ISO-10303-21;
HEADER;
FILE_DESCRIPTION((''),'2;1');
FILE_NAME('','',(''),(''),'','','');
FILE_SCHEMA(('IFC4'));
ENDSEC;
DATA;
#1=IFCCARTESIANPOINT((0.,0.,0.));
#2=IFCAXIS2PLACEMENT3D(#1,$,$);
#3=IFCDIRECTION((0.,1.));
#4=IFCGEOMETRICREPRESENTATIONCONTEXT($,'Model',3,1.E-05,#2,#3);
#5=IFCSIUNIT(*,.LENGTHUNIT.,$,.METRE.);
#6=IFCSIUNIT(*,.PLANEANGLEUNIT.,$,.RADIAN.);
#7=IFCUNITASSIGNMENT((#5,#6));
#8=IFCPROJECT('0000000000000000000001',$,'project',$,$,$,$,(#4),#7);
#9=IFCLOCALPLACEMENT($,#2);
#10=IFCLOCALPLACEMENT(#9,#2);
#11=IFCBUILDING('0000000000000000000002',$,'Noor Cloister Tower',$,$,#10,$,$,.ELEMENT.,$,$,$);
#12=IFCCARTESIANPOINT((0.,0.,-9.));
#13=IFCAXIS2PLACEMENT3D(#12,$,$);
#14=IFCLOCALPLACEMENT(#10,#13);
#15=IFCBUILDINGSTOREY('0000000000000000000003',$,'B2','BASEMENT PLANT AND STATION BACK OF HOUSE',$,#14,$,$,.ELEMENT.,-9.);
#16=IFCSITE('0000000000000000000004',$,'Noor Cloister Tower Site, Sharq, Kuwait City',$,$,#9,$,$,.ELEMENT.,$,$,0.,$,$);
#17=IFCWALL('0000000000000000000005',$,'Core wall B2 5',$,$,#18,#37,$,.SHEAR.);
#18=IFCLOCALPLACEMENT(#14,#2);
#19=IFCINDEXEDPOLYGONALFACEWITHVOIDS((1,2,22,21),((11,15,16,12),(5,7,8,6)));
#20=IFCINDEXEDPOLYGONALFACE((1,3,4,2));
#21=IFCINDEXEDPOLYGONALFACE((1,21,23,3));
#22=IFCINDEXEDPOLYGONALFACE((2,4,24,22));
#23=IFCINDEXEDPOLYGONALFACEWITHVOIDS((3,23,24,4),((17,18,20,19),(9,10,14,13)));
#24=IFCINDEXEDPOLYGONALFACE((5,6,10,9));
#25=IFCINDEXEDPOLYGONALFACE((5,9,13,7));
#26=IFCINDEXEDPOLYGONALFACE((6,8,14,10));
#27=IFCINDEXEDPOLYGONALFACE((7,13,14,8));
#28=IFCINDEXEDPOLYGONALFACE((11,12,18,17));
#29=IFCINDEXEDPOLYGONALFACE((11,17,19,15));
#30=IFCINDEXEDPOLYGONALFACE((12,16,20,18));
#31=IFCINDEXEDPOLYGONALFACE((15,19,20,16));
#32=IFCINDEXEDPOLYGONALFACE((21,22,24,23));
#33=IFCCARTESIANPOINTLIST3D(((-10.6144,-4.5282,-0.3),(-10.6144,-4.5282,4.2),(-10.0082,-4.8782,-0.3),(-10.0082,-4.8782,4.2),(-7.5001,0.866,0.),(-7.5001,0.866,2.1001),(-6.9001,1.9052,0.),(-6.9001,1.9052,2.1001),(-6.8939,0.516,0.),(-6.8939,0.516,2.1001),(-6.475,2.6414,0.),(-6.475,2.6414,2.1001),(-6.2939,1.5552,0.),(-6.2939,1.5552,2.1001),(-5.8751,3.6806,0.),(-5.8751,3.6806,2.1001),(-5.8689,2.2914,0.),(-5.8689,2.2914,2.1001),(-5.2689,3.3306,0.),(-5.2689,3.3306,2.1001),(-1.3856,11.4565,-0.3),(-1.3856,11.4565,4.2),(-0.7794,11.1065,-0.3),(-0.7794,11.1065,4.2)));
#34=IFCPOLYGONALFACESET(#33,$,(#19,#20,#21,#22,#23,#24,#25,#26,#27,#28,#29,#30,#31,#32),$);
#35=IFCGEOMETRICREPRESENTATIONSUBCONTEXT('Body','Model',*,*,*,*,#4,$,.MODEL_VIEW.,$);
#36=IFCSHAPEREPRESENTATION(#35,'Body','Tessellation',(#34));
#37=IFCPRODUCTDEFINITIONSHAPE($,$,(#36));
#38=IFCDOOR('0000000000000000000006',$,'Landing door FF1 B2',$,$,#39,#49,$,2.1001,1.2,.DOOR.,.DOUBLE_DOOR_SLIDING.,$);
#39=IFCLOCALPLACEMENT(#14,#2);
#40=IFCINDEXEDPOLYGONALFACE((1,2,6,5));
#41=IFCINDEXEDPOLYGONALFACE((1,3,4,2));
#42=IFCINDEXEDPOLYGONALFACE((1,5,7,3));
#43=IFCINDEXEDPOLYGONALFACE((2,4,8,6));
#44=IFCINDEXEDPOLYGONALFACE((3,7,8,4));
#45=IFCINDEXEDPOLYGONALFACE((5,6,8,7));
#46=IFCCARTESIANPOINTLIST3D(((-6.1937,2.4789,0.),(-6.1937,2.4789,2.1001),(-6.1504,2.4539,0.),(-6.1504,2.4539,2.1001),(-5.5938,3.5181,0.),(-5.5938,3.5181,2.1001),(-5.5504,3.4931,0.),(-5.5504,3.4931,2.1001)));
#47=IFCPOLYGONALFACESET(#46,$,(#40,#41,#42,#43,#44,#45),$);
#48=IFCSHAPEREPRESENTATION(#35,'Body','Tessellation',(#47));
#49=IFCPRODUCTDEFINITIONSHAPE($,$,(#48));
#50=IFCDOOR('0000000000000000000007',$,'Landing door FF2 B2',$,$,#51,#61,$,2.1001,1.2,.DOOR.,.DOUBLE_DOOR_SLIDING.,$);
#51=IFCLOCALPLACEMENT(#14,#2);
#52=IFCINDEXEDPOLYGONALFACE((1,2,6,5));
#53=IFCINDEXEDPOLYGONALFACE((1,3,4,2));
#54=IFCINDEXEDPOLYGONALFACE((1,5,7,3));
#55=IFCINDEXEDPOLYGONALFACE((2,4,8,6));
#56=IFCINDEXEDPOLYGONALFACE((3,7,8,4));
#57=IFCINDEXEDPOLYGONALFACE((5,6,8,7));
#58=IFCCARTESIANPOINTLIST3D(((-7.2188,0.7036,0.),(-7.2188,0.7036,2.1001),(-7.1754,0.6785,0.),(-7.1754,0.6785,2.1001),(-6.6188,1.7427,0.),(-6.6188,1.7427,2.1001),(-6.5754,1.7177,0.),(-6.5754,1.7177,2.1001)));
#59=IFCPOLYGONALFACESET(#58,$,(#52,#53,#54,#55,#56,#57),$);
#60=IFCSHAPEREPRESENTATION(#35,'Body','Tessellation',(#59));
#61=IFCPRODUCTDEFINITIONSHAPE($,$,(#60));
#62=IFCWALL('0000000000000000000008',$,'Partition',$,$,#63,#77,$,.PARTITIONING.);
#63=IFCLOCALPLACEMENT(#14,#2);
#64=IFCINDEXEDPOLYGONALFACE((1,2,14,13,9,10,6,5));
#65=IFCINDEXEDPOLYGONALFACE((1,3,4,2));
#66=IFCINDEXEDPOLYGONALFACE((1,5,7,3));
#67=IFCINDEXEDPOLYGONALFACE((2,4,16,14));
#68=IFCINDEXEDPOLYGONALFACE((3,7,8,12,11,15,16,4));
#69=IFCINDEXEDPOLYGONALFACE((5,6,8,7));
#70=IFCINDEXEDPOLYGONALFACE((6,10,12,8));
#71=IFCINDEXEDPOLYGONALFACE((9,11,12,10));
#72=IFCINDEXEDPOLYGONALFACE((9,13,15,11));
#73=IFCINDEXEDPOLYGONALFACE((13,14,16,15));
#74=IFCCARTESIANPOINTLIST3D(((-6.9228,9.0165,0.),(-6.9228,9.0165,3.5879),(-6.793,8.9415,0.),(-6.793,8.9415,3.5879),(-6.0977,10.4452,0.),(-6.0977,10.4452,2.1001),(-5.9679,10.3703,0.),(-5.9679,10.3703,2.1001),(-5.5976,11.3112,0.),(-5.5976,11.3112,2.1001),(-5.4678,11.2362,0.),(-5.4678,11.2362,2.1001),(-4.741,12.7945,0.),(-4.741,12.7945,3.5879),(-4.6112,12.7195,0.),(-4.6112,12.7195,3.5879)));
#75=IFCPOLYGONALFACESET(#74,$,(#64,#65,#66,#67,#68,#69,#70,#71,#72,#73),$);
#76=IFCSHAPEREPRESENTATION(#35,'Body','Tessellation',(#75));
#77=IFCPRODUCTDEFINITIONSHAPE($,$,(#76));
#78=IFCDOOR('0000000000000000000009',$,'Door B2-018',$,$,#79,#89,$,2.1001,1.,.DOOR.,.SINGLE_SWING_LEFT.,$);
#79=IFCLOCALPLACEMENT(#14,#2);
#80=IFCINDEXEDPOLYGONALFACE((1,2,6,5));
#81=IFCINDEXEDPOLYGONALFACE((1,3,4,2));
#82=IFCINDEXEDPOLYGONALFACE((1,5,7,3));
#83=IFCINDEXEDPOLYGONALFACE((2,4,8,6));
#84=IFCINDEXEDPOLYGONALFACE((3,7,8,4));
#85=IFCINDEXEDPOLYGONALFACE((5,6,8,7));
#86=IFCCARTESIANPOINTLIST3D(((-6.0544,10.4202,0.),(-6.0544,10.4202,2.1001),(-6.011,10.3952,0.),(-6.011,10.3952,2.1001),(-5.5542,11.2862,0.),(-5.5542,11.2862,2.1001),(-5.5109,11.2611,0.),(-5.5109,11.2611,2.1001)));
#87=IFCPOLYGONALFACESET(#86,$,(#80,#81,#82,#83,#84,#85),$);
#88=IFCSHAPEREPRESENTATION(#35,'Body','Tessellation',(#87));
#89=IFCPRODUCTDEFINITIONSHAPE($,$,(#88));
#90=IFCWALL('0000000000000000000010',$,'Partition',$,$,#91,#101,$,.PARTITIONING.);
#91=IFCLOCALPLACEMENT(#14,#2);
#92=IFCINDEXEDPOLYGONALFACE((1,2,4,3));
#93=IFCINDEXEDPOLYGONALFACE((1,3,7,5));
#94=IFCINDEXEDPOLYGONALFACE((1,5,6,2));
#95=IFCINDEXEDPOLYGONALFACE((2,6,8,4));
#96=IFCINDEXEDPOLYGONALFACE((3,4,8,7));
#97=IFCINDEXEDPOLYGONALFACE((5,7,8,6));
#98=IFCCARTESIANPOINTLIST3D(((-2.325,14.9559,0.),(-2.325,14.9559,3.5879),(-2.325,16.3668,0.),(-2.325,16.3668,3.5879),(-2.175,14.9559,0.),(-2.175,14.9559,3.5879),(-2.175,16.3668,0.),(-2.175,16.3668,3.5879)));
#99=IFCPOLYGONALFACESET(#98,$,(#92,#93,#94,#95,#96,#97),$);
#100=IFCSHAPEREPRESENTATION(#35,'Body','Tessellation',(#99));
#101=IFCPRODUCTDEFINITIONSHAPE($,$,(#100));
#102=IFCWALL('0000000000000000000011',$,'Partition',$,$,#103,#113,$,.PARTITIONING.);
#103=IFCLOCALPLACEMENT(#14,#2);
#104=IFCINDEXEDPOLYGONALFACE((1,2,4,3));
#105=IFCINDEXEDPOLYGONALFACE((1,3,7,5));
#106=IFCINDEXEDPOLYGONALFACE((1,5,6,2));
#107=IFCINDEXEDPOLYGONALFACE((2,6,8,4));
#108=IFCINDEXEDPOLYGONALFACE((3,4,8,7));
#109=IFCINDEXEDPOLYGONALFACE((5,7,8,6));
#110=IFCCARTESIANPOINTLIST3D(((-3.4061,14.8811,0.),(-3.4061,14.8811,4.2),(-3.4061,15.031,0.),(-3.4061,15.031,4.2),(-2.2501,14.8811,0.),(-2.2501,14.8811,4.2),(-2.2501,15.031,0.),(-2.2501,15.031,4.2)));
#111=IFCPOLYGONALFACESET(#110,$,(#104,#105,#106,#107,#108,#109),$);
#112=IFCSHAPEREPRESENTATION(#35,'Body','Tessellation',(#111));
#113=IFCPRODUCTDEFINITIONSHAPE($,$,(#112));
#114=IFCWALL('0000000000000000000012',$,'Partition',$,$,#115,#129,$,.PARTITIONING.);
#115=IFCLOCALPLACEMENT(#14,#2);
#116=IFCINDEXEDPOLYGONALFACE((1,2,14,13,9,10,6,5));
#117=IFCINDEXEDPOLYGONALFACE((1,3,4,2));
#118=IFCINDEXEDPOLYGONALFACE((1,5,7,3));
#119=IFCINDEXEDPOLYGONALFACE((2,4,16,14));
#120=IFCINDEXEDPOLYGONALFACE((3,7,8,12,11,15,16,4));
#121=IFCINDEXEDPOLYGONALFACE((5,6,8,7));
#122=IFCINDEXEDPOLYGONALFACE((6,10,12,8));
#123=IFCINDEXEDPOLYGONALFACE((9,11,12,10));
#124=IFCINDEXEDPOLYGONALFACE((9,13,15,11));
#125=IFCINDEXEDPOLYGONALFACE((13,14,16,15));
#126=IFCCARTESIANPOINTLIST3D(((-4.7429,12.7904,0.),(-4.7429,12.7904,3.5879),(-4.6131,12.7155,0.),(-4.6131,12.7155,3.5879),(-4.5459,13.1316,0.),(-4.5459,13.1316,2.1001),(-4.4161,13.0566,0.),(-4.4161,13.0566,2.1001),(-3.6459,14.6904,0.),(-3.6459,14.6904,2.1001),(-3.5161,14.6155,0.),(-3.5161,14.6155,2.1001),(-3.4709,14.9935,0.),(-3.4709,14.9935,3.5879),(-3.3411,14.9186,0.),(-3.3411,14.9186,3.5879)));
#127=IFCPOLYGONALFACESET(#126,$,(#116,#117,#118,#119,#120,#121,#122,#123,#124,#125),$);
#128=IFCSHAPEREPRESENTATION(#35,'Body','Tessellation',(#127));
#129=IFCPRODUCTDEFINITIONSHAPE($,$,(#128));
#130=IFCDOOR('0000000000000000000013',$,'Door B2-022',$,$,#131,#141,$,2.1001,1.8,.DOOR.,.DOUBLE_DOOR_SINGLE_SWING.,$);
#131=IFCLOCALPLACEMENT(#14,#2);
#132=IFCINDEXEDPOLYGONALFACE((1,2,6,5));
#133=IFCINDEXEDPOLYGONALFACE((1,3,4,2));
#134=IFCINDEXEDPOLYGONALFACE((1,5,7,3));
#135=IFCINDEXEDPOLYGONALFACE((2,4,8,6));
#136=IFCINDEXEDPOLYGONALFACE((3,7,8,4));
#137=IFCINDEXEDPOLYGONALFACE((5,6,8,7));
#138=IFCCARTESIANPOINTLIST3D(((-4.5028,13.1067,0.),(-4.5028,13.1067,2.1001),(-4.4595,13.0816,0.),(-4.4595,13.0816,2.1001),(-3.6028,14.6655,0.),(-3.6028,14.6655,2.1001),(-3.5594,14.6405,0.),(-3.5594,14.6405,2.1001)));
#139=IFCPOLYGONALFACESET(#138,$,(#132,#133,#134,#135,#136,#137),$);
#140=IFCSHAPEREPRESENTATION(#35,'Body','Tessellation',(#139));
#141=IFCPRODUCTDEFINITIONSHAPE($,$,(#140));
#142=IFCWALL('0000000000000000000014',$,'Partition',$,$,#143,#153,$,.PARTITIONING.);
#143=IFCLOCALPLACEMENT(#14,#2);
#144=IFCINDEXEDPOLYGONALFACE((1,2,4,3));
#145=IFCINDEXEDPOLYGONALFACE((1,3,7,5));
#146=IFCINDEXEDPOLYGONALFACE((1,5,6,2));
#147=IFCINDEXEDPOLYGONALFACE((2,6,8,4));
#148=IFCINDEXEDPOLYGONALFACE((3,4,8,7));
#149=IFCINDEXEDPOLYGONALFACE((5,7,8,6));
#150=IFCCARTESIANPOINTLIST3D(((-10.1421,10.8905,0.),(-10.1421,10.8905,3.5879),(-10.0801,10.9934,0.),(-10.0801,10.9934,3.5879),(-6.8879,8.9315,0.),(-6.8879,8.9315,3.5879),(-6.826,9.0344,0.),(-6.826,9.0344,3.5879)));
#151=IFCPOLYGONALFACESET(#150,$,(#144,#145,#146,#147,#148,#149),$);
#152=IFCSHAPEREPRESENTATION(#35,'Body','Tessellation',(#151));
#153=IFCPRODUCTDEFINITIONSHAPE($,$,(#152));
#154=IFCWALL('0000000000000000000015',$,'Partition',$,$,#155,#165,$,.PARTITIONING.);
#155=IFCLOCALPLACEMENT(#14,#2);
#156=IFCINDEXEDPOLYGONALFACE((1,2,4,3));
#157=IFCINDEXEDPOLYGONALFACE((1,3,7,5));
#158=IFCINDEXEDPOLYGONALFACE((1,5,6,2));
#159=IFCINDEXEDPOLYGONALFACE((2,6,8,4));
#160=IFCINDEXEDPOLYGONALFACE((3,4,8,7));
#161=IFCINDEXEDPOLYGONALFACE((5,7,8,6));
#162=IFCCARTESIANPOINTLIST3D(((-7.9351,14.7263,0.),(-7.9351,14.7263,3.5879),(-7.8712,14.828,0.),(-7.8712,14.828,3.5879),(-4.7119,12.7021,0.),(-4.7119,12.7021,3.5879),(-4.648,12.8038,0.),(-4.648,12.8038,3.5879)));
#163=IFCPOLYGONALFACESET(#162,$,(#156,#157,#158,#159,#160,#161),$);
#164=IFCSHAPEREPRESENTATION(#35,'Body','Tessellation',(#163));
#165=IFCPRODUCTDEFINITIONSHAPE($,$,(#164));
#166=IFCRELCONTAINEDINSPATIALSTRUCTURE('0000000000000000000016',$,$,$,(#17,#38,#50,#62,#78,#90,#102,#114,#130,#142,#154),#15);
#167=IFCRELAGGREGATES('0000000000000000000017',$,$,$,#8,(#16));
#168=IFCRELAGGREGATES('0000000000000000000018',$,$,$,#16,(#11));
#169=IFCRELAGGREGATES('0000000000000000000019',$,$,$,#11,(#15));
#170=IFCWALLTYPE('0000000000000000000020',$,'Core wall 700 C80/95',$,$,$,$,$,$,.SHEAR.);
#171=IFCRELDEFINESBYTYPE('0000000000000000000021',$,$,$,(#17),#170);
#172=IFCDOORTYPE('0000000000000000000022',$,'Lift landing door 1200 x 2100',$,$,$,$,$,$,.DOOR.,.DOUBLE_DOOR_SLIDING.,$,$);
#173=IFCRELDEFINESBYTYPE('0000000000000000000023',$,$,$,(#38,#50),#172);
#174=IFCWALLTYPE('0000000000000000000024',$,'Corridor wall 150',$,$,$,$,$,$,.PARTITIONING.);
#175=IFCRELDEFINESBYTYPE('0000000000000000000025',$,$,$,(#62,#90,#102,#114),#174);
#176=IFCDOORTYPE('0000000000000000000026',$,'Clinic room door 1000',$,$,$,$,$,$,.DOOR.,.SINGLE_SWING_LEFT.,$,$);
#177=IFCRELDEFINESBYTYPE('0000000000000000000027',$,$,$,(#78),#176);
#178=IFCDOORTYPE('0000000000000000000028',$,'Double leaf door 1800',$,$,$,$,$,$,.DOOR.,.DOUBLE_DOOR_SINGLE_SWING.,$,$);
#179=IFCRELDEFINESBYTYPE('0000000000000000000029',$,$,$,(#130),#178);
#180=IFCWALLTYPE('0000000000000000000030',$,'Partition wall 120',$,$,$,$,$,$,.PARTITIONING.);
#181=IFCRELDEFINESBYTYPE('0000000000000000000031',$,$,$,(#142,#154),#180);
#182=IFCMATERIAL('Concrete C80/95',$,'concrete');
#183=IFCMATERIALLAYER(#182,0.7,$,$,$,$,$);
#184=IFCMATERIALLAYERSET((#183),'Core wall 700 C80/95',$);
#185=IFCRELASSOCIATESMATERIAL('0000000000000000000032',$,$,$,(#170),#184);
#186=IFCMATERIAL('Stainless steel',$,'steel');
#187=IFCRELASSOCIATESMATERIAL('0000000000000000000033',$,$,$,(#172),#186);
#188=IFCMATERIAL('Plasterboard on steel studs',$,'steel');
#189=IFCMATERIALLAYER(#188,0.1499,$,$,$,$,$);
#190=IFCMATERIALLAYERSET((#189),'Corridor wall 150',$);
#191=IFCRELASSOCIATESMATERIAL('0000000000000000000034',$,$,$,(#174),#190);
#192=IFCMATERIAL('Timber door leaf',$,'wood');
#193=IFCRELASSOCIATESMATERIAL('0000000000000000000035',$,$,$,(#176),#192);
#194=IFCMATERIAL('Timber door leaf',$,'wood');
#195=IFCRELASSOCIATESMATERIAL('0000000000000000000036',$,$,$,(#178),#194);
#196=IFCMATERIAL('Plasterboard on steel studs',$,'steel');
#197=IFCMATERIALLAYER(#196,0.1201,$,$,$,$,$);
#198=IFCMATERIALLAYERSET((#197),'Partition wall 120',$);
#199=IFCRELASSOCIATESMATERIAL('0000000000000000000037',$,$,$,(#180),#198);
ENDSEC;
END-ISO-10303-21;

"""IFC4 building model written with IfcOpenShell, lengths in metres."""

from ifc_helpers import new_model, si_unit, direction, frame, frame_2d, origin, place, context, subcontext, project, spatial, rectangle, extrude, material, layer, layer_set, type_object, element, fill, save


model = new_model("IFC4")

# Units and contexts
model_context = context("Model", 3, precision=1e-05, world=origin(), true_north=direction((0.0, 1.0)))
body_context = subcontext(model_context, "Body", "Model", "MODEL_VIEW")
ifc_project = project(units=[si_unit("LENGTHUNIT", "METRE"), si_unit("PLANEANGLEUNIT", "RADIAN")], contexts=[model_context])

# Site, building, storey
site_placement = place(None, origin())
site = spatial("IfcSite", under=ifc_project, at=site_placement, Name="Noor Cloister Tower Site, Sharq, Kuwait City", CompositionType="ELEMENT", RefElevation=0.0)
building_placement = place(site_placement, origin())
building = spatial("IfcBuilding", under=site, at=building_placement, Name="Noor Cloister Tower", CompositionType="ELEMENT")
storey_placement = place(building_placement, frame((0.0, 0.0, -9.0)))
storey = spatial("IfcBuildingStorey", under=building, at=storey_placement, Name="B2", Description="BASEMENT PLANT AND STATION BACK OF HOUSE", CompositionType="ELEMENT", Elevation=-9.0)

# Wall, openings, doors
ifc_material_1 = material(Name="Concrete C80/95", Category="concrete")
ifc_layer_1 = layer(ifc_material_1, 0.7)
ifc_layer_set_1 = layer_set([ifc_layer_1], Name="Core wall 700 C80/95")
wall_type_1 = type_object("IfcWallType", Name="Core wall 700 C80/95", PredefinedType="SHEAR", material=ifc_layer_set_1)
wall_1_placement = place(storey_placement, frame((-1.0825, 11.2815, -0.3), z_axis=(0.0, 0.0, 1.0), x_axis=(-0.500001, -0.866025, 0.0)))
wall_1 = element("IfcWall", 1, at=wall_1_placement, inside=storey, type_object=wall_type_1, Name="Core wall B2 5", PredefinedType="SHEAR", context=body_context, shape_type="SweptSolid", body=[
    extrude(rectangle(XDim=18.4575, YDim=0.7, at=frame_2d((9.2288, 0.0))), origin(), (0.0, 0.0, 1.0), 4.5),
])
opening_1_placement = place(wall_1_placement, frame((8.9788, 0.0, 0.3)))
opening_1 = element("IfcOpeningElement", 2, at=opening_1_placement, cuts=wall_1, PredefinedType="OPENING", context=body_context, shape_type="SweptSolid", body=[
    extrude(rectangle(XDim=1.2, YDim=2.1001, at=frame_2d((0.6001, 1.05))), frame((0.0, 0.3599, 0.0), z_axis=(0.0, -1.0, 0.0), x_axis=(1.0, 0.0, 0.0)), (0.0, 0.0, 1.0), 0.72),
])
opening_2_placement = place(wall_1_placement, frame((11.0288, 0.0, 0.3)))
opening_2 = element("IfcOpeningElement", 3, at=opening_2_placement, cuts=wall_1, PredefinedType="OPENING", context=body_context, shape_type="SweptSolid", body=[
    extrude(rectangle(XDim=1.2, YDim=2.1001, at=frame_2d((0.6001, 1.05))), frame((0.0, 0.3599, 0.0), z_axis=(0.0, -1.0, 0.0), x_axis=(1.0, 0.0, 0.0)), (0.0, 0.0, 1.0), 0.72),
])
ifc_material_2 = material(Name="Stainless steel", Category="steel")
door_type_1 = type_object("IfcDoorType", Name="Lift landing door 1200 x 2100", OperationType="DOUBLE_DOOR_SLIDING", PredefinedType="DOOR", material=ifc_material_2)
door_1_placement = place(opening_1_placement, origin())
door_1 = element("IfcDoor", 4, at=door_1_placement, inside=storey, type_object=door_type_1, Name="Landing door FF1 B2", OperationType="DOUBLE_DOOR_SLIDING", OverallHeight=2.1001, OverallWidth=1.2, PredefinedType="DOOR", context=body_context, shape_type="SweptSolid", body=[
    extrude(rectangle(XDim=1.2, YDim=2.1001, at=frame_2d((0.6001, 1.05))), frame((0.0, 0.0249, 0.0), z_axis=(0.0, -1.0, 0.0), x_axis=(1.0, 0.0, 0.0)), (0.0, 0.0, 1.0), 0.05),
])
fill(opening_1, door_1)
door_2_placement = place(opening_2_placement, origin())
door_2 = element("IfcDoor", 5, at=door_2_placement, inside=storey, type_object=door_type_1, Name="Landing door FF2 B2", OperationType="DOUBLE_DOOR_SLIDING", OverallHeight=2.1001, OverallWidth=1.2, PredefinedType="DOOR", context=body_context, shape_type="SweptSolid", body=[
    extrude(rectangle(XDim=1.2, YDim=2.1001, at=frame_2d((0.6001, 1.05))), frame((0.0, 0.0249, 0.0), z_axis=(0.0, -1.0, 0.0), x_axis=(1.0, 0.0, 0.0)), (0.0, 0.0, 1.0), 0.05),
])
fill(opening_2, door_2)

# Wall, opening, door
ifc_material_3 = material(Name="Plasterboard on steel studs", Category="steel")
ifc_layer_2 = layer(ifc_material_3, 0.1499)
ifc_layer_set_2 = layer_set([ifc_layer_2], Name="Corridor wall 150")
wall_type_2 = type_object("IfcWallType", Name="Corridor wall 150", PredefinedType="PARTITIONING", material=ifc_layer_set_2)
wall_2_placement = place(storey_placement, frame((-6.8579, 8.979, 0.0), z_axis=(0.0, 0.0, 1.0), x_axis=(0.500105, 0.865965, 0.0)))
wall_2 = element("IfcWall", 6, at=wall_2_placement, inside=storey, type_object=wall_type_2, Name="Partition", PredefinedType="PARTITIONING", context=body_context, shape_type="SweptSolid", body=[
    extrude(rectangle(XDim=4.3628, YDim=0.1499, at=frame_2d((2.1814, 0.0))), origin(), (0.0, 0.0, 1.0), 3.5879),
])
opening_3_placement = place(wall_2_placement, frame((1.6499, 0.0, 0.0)))
opening_3 = element("IfcOpeningElement", 7, at=opening_3_placement, cuts=wall_2, PredefinedType="OPENING", context=body_context, shape_type="SweptSolid", body=[
    extrude(rectangle(XDim=1.0, YDim=2.1001, at=frame_2d((0.5, 1.05))), frame((0.0, 0.085, 0.0), z_axis=(0.0, -1.0, 0.0), x_axis=(1.0, 0.0, 0.0)), (0.0, 0.0, 1.0), 0.1699),
])
ifc_material_4 = material(Name="Timber door leaf", Category="wood")
door_type_2 = type_object("IfcDoorType", Name="Clinic room door 1000", OperationType="SINGLE_SWING_LEFT", PredefinedType="DOOR", material=ifc_material_4)
door_3_placement = place(opening_3_placement, origin())
door_3 = element("IfcDoor", 8, at=door_3_placement, inside=storey, type_object=door_type_2, Name="Door B2-018", OperationType="SINGLE_SWING_LEFT", OverallHeight=2.1001, OverallWidth=1.0, PredefinedType="DOOR", context=body_context, shape_type="SweptSolid", body=[
    extrude(rectangle(XDim=1.0, YDim=2.1001, at=frame_2d((0.5, 1.05))), frame((0.0, 0.0249, 0.0), z_axis=(0.0, -1.0, 0.0), x_axis=(1.0, 0.0, 0.0)), (0.0, 0.0, 1.0), 0.05),
])
fill(opening_3, door_3)

# Walls
wall_3_placement = place(storey_placement, frame((-2.25, 16.3669, 0.0), z_axis=(0.0, 0.0, 1.0), x_axis=(0.0, -1.0, 0.0)))
element("IfcWall", 9, at=wall_3_placement, inside=storey, type_object=wall_type_2, Name="Partition", PredefinedType="PARTITIONING", context=body_context, shape_type="SweptSolid", body=[
    extrude(rectangle(XDim=1.4109, YDim=0.1499, at=frame_2d((0.7056, 0.0))), origin(), (0.0, 0.0, 1.0), 3.5879),
])
wall_4_placement = place(storey_placement, frame((-2.25, 14.9561, 0.0), z_axis=(0.0, 0.0, 1.0), x_axis=(-1.0, 0.0, 0.0)))
element("IfcWall", 10, at=wall_4_placement, inside=storey, type_object=wall_type_2, Name="Partition", PredefinedType="PARTITIONING", context=body_context, shape_type="SweptSolid", body=[
    extrude(rectangle(XDim=1.156, YDim=0.1499, at=frame_2d((0.5781, 0.0))), origin(), (0.0, 0.0, 1.0), 4.2),
])

# Wall, opening, door
wall_5_placement = place(storey_placement, frame((-3.406, 14.9561, 0.0), z_axis=(0.0, 0.0, 1.0), x_axis=(-0.499999, -0.866026, 0.0)))
wall_5 = element("IfcWall", 11, at=wall_5_placement, inside=storey, type_object=wall_type_2, Name="Partition", PredefinedType="PARTITIONING", context=body_context, shape_type="SweptSolid", body=[
    extrude(rectangle(XDim=2.5439, YDim=0.1499, at=frame_2d((1.272, 0.0))), origin(), (0.0, 0.0, 1.0), 3.5879),
])
opening_4_placement = place(wall_5_placement, frame((0.3501, 0.0, 0.0)))
opening_4 = element("IfcOpeningElement", 12, at=opening_4_placement, cuts=wall_5, PredefinedType="OPENING", context=body_context, shape_type="SweptSolid", body=[
    extrude(rectangle(XDim=1.8, YDim=2.1001, at=frame_2d((0.8999, 1.05))), frame((0.0, 0.085, 0.0), z_axis=(0.0, -1.0, 0.0), x_axis=(1.0, 0.0, 0.0)), (0.0, 0.0, 1.0), 0.1699),
])
ifc_material_5 = material(Name="Timber door leaf", Category="wood")
door_type_3 = type_object("IfcDoorType", Name="Double leaf door 1800", OperationType="DOUBLE_DOOR_SINGLE_SWING", PredefinedType="DOOR", material=ifc_material_5)
door_4_placement = place(opening_4_placement, origin())
door_4 = element("IfcDoor", 13, at=door_4_placement, inside=storey, type_object=door_type_3, Name="Door B2-022", OperationType="DOUBLE_DOOR_SINGLE_SWING", OverallHeight=2.1001, OverallWidth=1.8, PredefinedType="DOOR", context=body_context, shape_type="SweptSolid", body=[
    extrude(rectangle(XDim=1.8, YDim=2.1001, at=frame_2d((0.8999, 1.05))), frame((0.0, 0.0249, 0.0), z_axis=(0.0, -1.0, 0.0), x_axis=(1.0, 0.0, 0.0)), (0.0, 0.0, 1.0), 0.05),
])
fill(opening_4, door_4)

# Walls
ifc_material_6 = material(Name="Plasterboard on steel studs", Category="steel")
ifc_layer_3 = layer(ifc_material_6, 0.1201)
ifc_layer_set_3 = layer_set([ifc_layer_3], Name="Partition wall 120")
wall_type_3 = type_object("IfcWallType", Name="Partition wall 120", PredefinedType="PARTITIONING", material=ifc_layer_set_3)
wall_6_placement = place(storey_placement, frame((-6.8569, 8.9829, 0.0), z_axis=(0.0, 0.0, 1.0), x_axis=(-0.856738, 0.515752, 0.0)))
element("IfcWall", 14, at=wall_6_placement, inside=storey, type_object=wall_type_3, Name="Partition", PredefinedType="PARTITIONING", context=body_context, shape_type="SweptSolid", body=[
    extrude(rectangle(XDim=3.7983, YDim=0.1201, at=frame_2d((1.8992, 0.0))), origin(), (0.0, 0.0, 1.0), 3.5879),
])
wall_7_placement = place(storey_placement, frame((-4.6799, 12.7529, 0.0), z_axis=(0.0, 0.0, 1.0), x_axis=(-0.84685, 0.531831, 0.0)))
element("IfcWall", 15, at=wall_7_placement, inside=storey, type_object=wall_type_3, Name="Partition", PredefinedType="PARTITIONING", context=body_context, shape_type="SweptSolid", body=[
    extrude(rectangle(XDim=3.8062, YDim=0.1201, at=frame_2d((1.9031, 0.0))), origin(), (0.0, 0.0, 1.0), 3.5879),
])

save(model, "model.ifc")
